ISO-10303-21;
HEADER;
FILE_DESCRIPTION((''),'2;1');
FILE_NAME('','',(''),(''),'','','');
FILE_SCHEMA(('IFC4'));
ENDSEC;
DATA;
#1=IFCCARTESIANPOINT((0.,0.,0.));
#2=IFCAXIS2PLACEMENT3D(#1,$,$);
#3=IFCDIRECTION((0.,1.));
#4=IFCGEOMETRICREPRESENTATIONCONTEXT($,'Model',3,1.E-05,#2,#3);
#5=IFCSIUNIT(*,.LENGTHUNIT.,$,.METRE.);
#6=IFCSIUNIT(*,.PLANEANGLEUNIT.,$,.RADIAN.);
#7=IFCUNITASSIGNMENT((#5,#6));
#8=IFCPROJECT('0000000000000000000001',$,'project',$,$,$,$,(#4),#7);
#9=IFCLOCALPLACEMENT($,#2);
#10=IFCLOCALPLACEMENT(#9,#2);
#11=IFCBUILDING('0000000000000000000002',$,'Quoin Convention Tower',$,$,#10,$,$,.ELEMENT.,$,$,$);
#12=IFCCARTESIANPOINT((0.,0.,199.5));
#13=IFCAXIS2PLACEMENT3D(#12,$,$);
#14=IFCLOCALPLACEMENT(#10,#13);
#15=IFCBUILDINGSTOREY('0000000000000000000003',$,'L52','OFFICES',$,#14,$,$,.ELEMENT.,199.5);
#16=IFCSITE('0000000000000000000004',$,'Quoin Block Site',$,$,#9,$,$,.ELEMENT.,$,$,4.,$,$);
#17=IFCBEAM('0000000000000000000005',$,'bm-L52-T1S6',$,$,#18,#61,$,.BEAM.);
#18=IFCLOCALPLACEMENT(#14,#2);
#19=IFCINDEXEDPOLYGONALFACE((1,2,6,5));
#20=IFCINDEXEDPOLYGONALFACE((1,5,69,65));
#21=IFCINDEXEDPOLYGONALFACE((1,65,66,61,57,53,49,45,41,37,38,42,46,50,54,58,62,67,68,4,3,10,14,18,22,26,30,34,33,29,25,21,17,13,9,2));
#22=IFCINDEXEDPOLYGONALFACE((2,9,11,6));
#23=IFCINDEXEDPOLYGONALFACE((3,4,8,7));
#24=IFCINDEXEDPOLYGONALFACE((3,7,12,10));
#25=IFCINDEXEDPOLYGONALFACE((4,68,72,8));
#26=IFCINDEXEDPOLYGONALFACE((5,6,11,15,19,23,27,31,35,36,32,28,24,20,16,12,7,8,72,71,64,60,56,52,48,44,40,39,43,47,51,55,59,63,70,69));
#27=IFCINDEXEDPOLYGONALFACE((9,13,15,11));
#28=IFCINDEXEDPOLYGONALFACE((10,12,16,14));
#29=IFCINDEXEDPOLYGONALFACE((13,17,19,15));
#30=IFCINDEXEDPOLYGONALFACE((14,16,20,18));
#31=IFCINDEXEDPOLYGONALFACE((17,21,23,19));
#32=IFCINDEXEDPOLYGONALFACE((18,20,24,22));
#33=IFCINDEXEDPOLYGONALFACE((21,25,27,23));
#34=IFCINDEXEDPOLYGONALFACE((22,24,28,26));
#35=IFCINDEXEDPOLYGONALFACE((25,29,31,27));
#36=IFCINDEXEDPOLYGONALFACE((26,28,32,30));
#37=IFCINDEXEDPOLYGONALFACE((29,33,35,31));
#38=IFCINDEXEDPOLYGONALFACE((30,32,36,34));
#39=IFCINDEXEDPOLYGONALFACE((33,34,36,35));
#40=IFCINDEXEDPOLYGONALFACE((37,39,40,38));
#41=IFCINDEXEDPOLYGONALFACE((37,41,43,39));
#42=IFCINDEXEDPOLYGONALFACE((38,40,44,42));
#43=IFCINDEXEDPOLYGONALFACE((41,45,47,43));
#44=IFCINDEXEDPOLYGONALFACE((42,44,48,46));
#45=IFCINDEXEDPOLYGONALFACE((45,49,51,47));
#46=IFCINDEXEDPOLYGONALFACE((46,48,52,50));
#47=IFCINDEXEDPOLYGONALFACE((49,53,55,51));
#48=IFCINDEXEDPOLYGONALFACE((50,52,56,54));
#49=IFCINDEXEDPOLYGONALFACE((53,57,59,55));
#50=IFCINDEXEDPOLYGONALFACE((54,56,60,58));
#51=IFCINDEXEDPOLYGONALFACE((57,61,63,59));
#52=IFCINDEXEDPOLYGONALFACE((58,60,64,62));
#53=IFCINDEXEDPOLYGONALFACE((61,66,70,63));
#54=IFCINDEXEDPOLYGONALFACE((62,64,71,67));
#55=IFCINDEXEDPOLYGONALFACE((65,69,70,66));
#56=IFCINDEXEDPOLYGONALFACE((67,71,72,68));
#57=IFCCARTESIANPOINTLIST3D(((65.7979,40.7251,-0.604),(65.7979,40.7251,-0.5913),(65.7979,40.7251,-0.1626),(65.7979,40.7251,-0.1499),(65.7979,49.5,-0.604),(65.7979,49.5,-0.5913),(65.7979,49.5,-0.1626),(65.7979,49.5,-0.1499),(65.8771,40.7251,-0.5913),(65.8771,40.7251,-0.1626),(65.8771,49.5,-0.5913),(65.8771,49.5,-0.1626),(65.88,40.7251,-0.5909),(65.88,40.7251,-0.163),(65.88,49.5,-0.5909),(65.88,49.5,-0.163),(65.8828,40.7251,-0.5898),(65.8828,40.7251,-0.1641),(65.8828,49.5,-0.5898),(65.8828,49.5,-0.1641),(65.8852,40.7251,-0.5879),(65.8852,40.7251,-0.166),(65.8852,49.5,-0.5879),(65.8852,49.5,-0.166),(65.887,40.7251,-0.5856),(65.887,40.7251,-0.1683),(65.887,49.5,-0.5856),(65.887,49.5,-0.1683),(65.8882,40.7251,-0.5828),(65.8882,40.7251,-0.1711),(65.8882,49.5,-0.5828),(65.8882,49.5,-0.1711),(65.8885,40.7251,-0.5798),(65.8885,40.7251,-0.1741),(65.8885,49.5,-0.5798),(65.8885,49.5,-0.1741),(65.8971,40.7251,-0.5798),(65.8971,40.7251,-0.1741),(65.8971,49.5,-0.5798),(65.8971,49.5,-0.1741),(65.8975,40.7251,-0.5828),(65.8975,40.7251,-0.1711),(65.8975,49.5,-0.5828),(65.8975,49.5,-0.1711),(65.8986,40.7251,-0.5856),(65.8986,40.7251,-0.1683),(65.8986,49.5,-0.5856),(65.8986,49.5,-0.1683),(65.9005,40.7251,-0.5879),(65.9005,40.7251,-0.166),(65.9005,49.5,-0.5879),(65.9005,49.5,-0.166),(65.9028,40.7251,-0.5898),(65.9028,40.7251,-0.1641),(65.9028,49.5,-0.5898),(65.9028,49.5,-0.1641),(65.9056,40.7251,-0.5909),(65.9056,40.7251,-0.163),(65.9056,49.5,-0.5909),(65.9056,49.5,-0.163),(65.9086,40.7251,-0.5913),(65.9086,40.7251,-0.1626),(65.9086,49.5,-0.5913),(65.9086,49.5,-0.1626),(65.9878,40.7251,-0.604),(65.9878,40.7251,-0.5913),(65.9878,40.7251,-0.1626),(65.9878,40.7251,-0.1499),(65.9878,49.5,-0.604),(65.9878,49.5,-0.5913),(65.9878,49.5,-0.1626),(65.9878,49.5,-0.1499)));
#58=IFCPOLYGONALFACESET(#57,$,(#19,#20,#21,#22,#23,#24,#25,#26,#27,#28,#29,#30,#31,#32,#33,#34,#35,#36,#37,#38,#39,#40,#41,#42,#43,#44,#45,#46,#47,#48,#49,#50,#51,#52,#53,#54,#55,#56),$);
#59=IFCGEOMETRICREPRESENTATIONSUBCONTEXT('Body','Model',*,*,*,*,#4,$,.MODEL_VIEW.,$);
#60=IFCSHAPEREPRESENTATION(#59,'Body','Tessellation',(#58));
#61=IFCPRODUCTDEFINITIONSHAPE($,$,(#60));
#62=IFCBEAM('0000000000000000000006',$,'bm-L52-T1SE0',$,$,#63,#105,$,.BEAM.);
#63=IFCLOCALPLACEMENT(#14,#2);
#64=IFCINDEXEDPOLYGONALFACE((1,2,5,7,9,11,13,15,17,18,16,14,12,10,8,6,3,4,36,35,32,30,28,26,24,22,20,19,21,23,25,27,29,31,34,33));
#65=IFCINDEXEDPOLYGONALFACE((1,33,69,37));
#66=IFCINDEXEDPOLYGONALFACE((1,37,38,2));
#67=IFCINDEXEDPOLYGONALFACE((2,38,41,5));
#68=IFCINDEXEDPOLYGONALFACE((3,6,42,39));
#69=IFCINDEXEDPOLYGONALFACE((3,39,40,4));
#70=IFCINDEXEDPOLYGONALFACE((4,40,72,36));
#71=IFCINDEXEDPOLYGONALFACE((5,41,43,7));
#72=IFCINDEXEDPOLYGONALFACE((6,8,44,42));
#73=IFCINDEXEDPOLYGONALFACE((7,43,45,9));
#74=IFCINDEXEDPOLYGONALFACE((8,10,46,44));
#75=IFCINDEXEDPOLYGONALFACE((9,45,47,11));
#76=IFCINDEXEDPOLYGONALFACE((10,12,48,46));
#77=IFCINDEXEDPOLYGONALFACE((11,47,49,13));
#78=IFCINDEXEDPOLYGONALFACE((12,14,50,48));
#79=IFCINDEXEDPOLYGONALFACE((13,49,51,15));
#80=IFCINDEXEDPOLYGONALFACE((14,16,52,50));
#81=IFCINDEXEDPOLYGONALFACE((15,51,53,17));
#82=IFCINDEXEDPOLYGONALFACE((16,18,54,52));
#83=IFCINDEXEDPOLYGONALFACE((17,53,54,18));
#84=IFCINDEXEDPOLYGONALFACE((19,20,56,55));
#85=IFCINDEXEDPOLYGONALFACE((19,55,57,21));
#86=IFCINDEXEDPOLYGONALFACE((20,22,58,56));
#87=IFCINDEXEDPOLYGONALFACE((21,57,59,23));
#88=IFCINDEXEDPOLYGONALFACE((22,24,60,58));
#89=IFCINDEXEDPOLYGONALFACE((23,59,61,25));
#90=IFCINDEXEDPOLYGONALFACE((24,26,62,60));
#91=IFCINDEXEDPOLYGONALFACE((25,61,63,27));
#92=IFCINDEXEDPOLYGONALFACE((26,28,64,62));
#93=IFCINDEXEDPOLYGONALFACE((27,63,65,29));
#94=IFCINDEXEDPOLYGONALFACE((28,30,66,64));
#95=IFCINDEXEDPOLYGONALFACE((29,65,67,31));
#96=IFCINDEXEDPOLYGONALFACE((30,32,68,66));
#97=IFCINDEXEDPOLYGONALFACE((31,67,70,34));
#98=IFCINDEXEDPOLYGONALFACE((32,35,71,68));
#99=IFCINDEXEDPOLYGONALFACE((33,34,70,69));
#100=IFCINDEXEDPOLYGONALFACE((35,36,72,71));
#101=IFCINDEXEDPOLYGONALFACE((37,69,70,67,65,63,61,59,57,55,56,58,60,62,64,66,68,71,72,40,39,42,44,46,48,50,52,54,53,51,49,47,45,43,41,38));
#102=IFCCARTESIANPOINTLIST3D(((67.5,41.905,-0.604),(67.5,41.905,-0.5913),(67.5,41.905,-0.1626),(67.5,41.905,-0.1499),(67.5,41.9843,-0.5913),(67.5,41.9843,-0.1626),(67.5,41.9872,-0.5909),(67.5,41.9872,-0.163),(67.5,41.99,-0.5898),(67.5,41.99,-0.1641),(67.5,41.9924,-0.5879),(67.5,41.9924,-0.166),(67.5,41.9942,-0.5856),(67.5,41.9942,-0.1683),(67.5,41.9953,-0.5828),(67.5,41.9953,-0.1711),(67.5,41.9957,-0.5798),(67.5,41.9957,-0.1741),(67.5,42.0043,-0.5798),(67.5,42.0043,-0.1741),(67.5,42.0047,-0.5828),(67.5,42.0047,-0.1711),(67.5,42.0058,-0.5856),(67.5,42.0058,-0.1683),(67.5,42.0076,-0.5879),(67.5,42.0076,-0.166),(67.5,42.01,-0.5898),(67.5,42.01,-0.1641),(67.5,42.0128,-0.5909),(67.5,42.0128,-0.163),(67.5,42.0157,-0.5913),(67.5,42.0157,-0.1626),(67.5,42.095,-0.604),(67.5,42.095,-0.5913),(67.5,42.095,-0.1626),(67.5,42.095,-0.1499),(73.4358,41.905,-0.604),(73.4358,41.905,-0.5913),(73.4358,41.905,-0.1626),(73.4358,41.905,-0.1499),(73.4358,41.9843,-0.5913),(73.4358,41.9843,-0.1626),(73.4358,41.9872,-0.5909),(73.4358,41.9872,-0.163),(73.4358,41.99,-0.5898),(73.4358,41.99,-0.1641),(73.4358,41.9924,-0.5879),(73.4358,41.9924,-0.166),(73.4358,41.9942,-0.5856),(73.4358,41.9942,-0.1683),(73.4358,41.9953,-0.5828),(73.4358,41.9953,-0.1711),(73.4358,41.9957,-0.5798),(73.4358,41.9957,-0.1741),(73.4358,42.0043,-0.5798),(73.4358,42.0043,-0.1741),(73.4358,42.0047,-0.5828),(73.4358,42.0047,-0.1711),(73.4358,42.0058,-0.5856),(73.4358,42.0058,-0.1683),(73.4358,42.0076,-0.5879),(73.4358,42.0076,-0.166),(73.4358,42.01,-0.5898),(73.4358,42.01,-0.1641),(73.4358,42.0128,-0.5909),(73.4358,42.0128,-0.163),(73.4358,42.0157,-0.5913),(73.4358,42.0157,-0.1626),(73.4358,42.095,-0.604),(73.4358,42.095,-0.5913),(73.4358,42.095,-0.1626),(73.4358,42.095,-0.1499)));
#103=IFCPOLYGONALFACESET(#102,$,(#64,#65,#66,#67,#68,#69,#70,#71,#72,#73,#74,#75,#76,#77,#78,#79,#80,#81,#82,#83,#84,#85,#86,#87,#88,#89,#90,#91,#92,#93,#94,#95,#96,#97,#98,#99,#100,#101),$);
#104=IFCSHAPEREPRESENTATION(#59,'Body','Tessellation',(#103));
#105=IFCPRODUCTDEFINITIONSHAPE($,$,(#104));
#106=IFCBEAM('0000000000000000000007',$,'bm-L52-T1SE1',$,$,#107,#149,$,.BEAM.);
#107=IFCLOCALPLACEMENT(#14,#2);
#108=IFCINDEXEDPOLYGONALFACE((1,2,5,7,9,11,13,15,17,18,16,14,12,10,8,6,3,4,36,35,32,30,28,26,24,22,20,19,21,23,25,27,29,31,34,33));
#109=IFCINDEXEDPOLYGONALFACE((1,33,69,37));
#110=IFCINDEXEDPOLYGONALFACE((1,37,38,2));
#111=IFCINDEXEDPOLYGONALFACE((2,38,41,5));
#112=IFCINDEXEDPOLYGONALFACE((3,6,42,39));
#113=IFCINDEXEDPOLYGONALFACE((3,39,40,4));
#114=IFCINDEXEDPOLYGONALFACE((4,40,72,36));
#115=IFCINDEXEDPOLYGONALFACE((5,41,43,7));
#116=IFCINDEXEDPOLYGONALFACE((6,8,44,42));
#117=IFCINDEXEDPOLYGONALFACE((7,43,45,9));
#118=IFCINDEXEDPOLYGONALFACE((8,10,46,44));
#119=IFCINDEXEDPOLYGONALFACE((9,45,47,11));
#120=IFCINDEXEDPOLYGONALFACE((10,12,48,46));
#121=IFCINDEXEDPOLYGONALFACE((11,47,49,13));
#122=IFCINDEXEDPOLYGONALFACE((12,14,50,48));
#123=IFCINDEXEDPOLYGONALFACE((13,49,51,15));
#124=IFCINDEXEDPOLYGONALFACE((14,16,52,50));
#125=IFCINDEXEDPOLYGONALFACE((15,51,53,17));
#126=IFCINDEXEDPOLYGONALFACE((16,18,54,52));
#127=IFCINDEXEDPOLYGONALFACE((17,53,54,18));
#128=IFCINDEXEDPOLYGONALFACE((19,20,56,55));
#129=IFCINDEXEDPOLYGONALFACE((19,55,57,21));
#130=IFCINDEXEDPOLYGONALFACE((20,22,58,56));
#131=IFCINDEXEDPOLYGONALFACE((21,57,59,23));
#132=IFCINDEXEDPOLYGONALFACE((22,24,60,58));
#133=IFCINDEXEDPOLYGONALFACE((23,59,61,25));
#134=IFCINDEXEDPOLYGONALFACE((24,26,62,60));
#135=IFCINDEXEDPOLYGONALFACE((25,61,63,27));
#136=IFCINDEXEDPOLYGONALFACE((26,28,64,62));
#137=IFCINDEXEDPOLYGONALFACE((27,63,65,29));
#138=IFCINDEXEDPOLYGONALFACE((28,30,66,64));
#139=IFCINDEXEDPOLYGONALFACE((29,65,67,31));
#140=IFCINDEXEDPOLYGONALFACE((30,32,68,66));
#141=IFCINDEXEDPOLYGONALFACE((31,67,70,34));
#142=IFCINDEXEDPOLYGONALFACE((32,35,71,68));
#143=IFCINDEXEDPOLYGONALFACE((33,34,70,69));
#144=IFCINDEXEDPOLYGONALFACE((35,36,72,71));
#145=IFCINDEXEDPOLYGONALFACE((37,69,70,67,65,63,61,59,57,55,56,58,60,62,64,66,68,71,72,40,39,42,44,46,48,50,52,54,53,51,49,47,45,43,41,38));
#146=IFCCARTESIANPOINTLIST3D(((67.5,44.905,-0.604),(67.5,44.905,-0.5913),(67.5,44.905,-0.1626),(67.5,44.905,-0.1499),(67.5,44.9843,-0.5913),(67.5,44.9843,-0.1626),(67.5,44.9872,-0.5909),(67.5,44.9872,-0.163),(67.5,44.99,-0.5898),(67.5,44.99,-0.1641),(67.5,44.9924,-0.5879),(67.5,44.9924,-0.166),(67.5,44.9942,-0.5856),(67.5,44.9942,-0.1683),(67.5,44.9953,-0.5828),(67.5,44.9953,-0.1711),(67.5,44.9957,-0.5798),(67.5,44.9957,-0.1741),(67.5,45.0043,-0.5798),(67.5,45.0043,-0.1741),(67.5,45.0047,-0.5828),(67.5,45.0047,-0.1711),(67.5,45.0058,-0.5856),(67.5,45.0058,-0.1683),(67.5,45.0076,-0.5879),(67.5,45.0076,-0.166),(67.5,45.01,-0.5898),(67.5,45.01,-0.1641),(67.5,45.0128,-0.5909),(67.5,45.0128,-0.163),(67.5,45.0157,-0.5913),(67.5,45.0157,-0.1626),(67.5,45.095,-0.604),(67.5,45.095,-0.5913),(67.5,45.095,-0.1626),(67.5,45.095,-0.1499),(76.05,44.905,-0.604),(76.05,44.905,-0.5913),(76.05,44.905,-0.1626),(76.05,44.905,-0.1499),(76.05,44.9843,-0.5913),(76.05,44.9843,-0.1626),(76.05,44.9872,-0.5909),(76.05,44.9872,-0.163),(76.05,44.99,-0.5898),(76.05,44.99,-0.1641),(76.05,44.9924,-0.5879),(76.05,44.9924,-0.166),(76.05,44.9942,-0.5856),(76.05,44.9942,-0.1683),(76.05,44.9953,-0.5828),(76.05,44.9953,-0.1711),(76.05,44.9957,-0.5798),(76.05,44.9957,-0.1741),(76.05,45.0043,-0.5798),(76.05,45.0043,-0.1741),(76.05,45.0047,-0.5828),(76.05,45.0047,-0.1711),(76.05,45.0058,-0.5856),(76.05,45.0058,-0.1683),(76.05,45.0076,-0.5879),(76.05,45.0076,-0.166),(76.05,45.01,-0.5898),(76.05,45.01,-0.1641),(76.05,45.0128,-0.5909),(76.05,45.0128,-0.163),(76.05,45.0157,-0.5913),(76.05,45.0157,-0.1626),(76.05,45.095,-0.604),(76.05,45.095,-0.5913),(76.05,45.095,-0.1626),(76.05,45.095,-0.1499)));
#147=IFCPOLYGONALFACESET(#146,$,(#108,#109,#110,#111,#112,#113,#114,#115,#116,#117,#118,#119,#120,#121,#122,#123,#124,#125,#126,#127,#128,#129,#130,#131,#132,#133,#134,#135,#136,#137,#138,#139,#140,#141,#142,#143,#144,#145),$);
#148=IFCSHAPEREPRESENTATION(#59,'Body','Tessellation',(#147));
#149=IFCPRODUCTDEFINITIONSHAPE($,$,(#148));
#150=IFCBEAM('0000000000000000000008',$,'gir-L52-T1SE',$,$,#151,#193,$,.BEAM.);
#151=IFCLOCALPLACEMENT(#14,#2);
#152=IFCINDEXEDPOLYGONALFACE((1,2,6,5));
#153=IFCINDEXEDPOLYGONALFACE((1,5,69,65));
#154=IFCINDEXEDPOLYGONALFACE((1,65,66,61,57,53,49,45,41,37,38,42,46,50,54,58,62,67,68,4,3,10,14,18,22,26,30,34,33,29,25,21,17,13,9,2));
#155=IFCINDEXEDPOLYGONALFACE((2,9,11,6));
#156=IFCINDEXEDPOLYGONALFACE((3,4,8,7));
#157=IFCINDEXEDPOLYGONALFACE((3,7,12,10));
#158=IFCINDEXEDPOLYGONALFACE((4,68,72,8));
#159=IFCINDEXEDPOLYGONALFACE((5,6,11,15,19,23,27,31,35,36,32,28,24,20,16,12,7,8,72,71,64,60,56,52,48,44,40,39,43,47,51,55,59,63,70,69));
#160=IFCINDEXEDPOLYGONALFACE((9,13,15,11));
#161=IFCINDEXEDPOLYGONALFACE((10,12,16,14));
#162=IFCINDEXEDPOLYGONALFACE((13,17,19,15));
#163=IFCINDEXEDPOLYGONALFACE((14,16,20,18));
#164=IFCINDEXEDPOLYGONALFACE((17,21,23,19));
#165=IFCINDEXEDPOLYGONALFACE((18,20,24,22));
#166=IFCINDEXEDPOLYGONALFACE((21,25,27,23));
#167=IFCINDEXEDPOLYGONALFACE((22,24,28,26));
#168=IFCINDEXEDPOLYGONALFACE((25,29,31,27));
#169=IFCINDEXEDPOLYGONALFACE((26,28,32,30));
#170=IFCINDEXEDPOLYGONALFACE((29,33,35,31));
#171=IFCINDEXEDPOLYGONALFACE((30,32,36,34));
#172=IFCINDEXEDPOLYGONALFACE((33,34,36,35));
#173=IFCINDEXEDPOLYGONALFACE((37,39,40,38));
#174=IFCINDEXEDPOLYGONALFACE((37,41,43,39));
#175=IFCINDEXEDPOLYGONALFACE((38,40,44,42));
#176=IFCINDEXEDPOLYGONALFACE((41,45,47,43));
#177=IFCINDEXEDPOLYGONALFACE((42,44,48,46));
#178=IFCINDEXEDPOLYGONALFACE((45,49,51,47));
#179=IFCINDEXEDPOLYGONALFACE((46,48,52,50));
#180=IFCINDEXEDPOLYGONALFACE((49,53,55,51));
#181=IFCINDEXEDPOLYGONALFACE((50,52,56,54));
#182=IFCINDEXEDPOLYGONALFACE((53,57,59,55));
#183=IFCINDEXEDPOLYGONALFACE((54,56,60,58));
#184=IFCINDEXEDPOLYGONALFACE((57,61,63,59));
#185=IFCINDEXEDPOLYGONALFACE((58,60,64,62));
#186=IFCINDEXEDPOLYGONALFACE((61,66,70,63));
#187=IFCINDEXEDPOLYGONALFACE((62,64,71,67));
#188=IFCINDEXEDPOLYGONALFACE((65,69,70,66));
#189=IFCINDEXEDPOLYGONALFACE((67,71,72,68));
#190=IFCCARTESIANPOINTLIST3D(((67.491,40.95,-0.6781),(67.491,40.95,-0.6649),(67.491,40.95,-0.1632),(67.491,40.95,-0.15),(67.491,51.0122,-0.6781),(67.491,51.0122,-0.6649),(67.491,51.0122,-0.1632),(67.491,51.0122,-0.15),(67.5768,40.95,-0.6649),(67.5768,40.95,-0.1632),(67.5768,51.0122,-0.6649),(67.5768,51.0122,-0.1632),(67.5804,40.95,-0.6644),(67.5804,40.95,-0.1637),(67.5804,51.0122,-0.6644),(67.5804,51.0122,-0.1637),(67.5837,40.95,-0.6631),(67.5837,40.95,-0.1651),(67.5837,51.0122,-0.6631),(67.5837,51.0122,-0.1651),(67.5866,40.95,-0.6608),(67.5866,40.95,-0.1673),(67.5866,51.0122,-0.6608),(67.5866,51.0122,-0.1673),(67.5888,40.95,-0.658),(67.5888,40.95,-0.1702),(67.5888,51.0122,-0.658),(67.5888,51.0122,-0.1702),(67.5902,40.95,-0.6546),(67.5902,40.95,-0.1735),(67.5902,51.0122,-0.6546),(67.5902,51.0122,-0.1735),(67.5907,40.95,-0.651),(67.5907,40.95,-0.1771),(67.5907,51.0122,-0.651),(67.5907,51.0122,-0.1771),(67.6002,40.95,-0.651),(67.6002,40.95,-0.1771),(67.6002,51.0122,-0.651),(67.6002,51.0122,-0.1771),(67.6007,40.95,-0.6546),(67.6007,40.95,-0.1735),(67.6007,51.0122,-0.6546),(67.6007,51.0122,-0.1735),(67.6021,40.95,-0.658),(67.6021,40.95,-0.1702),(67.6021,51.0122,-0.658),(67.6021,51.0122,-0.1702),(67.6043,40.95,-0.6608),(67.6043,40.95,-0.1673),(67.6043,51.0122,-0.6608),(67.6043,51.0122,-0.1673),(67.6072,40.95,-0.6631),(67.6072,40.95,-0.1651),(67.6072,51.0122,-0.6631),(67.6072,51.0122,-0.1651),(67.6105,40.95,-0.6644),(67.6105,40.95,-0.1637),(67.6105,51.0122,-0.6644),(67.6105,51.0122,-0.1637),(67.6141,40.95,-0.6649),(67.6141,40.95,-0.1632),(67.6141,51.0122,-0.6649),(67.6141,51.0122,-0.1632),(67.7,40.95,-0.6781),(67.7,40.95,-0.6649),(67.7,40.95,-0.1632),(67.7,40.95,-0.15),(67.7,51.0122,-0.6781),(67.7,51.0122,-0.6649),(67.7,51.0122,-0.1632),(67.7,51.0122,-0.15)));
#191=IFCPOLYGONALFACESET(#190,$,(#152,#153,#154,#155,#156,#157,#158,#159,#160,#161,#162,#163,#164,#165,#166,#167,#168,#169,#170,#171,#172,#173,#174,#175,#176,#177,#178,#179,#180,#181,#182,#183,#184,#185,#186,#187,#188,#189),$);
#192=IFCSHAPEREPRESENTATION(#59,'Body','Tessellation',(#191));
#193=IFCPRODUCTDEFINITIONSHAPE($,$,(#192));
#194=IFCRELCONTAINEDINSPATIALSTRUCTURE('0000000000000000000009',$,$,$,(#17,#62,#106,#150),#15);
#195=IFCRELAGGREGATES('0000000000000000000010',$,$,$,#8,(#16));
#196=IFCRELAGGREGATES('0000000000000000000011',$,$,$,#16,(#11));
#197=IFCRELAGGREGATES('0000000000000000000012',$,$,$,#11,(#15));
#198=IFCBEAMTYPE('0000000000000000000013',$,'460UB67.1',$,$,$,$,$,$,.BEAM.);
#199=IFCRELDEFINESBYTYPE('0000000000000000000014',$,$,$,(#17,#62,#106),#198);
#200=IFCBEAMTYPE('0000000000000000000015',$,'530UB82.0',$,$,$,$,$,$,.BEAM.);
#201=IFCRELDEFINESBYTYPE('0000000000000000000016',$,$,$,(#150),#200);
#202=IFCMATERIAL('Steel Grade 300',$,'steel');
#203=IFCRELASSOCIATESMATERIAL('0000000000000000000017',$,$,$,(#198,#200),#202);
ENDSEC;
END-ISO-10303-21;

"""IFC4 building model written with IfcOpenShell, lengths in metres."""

from ifc_helpers import new_model, si_unit, direction, frame, origin, origin_2d, place, context, subcontext, project, spatial, i_section, extrude, material, material_profile, profile_set, type_object, element, save


model = new_model("IFC4")

# Units and contexts
model_context = context("Model", 3, precision=1e-05, world=origin(), true_north=direction((0.0, 1.0)))
body_context = subcontext(model_context, "Body", "Model", "MODEL_VIEW")
ifc_project = project(units=[si_unit("LENGTHUNIT", "METRE"), si_unit("PLANEANGLEUNIT", "RADIAN")], contexts=[model_context])

# Site, building, storey
site_placement = place(None, origin())
site = spatial("IfcSite", under=ifc_project, at=site_placement, Name="Quoin Block Site", CompositionType="ELEMENT", RefElevation=4.0)
building_placement = place(site_placement, origin())
building = spatial("IfcBuilding", under=site, at=building_placement, Name="Quoin Convention Tower", CompositionType="ELEMENT")
storey_placement = place(building_placement, frame((0.0, 0.0, 199.5)))
storey = spatial("IfcBuildingStorey", under=building, at=storey_placement, Name="L52", Description="OFFICES", CompositionType="ELEMENT", Elevation=199.5)

# Beams
ifc_material_1 = material(Name="Steel Grade 300", Category="steel")
ifc_material_profile_1 = material_profile(ifc_material_1, i_section(OverallWidth=0.1899, OverallDepth=0.4541, WebThickness=0.0085, FlangeThickness=0.0127, FilletRadius=0.0115, at=origin_2d()), Name="460UB67.1")
ifc_profile_set_1 = profile_set([ifc_material_profile_1], Name="Steel Grade 300")
beam_type_1 = type_object("IfcBeamType", Name="460UB67.1", PredefinedType="BEAM", material=ifc_profile_set_1)
beam_1_placement = place(storey_placement, frame((65.8928, 40.7251, -0.377), z_axis=(0.0, 1.0, 0.0), x_axis=(-1.0, 0.0, 0.0)))
element("IfcBeam", 1, at=beam_1_placement, inside=storey, type_object=beam_type_1, Name="bm-L52-T1S6", PredefinedType="BEAM", context=body_context, shape_type="SweptSolid", body=[
    extrude(i_section(OverallWidth=0.1899, OverallDepth=0.4541, WebThickness=0.0085, FlangeThickness=0.0127, FilletRadius=0.0115, at=origin_2d()), origin(), (0.0, 0.0, 1.0), 8.7749),
])
beam_2_placement = place(storey_placement, frame((67.5, 42.0, -0.377), z_axis=(1.0, 0.0, 0.0), x_axis=(0.0, 1.0, 0.0)))
element("IfcBeam", 2, at=beam_2_placement, inside=storey, type_object=beam_type_1, Name="bm-L52-T1SE0", PredefinedType="BEAM", context=body_context, shape_type="SweptSolid", body=[
    extrude(i_section(OverallWidth=0.1899, OverallDepth=0.4541, WebThickness=0.0085, FlangeThickness=0.0127, FilletRadius=0.0115, at=origin_2d()), origin(), (0.0, 0.0, 1.0), 5.9358),
])
beam_3_placement = place(storey_placement, frame((67.5, 45.0, -0.377), z_axis=(1.0, 0.0, 0.0), x_axis=(0.0, 1.0, 0.0)))
element("IfcBeam", 3, at=beam_3_placement, inside=storey, type_object=beam_type_1, Name="bm-L52-T1SE1", PredefinedType="BEAM", context=body_context, shape_type="SweptSolid", body=[
    extrude(i_section(OverallWidth=0.1899, OverallDepth=0.4541, WebThickness=0.0085, FlangeThickness=0.0127, FilletRadius=0.0115, at=origin_2d()), origin(), (0.0, 0.0, 1.0), 8.55),
])
ifc_material_profile_2 = material_profile(ifc_material_1, i_section(OverallWidth=0.209, OverallDepth=0.5281, WebThickness=0.0095, FlangeThickness=0.0132, FilletRadius=0.0139, at=origin_2d()), Name="530UB82.0")
ifc_profile_set_2 = profile_set([ifc_material_profile_2], Name="Steel Grade 300")
beam_type_2 = type_object("IfcBeamType", Name="530UB82.0", PredefinedType="BEAM", material=ifc_profile_set_2)
beam_4_placement = place(storey_placement, frame((67.5955, 40.95, -0.4141), z_axis=(0.0, 1.0, 0.0), x_axis=(-1.0, 0.0, 0.0)))
element("IfcBeam", 4, at=beam_4_placement, inside=storey, type_object=beam_type_2, Name="gir-L52-T1SE", PredefinedType="BEAM", context=body_context, shape_type="SweptSolid", body=[
    extrude(i_section(OverallWidth=0.209, OverallDepth=0.5281, WebThickness=0.0095, FlangeThickness=0.0132, FilletRadius=0.0139, at=origin_2d()), origin(), (0.0, 0.0, 1.0), 10.0623),
])

save(model, "model.ifc")
